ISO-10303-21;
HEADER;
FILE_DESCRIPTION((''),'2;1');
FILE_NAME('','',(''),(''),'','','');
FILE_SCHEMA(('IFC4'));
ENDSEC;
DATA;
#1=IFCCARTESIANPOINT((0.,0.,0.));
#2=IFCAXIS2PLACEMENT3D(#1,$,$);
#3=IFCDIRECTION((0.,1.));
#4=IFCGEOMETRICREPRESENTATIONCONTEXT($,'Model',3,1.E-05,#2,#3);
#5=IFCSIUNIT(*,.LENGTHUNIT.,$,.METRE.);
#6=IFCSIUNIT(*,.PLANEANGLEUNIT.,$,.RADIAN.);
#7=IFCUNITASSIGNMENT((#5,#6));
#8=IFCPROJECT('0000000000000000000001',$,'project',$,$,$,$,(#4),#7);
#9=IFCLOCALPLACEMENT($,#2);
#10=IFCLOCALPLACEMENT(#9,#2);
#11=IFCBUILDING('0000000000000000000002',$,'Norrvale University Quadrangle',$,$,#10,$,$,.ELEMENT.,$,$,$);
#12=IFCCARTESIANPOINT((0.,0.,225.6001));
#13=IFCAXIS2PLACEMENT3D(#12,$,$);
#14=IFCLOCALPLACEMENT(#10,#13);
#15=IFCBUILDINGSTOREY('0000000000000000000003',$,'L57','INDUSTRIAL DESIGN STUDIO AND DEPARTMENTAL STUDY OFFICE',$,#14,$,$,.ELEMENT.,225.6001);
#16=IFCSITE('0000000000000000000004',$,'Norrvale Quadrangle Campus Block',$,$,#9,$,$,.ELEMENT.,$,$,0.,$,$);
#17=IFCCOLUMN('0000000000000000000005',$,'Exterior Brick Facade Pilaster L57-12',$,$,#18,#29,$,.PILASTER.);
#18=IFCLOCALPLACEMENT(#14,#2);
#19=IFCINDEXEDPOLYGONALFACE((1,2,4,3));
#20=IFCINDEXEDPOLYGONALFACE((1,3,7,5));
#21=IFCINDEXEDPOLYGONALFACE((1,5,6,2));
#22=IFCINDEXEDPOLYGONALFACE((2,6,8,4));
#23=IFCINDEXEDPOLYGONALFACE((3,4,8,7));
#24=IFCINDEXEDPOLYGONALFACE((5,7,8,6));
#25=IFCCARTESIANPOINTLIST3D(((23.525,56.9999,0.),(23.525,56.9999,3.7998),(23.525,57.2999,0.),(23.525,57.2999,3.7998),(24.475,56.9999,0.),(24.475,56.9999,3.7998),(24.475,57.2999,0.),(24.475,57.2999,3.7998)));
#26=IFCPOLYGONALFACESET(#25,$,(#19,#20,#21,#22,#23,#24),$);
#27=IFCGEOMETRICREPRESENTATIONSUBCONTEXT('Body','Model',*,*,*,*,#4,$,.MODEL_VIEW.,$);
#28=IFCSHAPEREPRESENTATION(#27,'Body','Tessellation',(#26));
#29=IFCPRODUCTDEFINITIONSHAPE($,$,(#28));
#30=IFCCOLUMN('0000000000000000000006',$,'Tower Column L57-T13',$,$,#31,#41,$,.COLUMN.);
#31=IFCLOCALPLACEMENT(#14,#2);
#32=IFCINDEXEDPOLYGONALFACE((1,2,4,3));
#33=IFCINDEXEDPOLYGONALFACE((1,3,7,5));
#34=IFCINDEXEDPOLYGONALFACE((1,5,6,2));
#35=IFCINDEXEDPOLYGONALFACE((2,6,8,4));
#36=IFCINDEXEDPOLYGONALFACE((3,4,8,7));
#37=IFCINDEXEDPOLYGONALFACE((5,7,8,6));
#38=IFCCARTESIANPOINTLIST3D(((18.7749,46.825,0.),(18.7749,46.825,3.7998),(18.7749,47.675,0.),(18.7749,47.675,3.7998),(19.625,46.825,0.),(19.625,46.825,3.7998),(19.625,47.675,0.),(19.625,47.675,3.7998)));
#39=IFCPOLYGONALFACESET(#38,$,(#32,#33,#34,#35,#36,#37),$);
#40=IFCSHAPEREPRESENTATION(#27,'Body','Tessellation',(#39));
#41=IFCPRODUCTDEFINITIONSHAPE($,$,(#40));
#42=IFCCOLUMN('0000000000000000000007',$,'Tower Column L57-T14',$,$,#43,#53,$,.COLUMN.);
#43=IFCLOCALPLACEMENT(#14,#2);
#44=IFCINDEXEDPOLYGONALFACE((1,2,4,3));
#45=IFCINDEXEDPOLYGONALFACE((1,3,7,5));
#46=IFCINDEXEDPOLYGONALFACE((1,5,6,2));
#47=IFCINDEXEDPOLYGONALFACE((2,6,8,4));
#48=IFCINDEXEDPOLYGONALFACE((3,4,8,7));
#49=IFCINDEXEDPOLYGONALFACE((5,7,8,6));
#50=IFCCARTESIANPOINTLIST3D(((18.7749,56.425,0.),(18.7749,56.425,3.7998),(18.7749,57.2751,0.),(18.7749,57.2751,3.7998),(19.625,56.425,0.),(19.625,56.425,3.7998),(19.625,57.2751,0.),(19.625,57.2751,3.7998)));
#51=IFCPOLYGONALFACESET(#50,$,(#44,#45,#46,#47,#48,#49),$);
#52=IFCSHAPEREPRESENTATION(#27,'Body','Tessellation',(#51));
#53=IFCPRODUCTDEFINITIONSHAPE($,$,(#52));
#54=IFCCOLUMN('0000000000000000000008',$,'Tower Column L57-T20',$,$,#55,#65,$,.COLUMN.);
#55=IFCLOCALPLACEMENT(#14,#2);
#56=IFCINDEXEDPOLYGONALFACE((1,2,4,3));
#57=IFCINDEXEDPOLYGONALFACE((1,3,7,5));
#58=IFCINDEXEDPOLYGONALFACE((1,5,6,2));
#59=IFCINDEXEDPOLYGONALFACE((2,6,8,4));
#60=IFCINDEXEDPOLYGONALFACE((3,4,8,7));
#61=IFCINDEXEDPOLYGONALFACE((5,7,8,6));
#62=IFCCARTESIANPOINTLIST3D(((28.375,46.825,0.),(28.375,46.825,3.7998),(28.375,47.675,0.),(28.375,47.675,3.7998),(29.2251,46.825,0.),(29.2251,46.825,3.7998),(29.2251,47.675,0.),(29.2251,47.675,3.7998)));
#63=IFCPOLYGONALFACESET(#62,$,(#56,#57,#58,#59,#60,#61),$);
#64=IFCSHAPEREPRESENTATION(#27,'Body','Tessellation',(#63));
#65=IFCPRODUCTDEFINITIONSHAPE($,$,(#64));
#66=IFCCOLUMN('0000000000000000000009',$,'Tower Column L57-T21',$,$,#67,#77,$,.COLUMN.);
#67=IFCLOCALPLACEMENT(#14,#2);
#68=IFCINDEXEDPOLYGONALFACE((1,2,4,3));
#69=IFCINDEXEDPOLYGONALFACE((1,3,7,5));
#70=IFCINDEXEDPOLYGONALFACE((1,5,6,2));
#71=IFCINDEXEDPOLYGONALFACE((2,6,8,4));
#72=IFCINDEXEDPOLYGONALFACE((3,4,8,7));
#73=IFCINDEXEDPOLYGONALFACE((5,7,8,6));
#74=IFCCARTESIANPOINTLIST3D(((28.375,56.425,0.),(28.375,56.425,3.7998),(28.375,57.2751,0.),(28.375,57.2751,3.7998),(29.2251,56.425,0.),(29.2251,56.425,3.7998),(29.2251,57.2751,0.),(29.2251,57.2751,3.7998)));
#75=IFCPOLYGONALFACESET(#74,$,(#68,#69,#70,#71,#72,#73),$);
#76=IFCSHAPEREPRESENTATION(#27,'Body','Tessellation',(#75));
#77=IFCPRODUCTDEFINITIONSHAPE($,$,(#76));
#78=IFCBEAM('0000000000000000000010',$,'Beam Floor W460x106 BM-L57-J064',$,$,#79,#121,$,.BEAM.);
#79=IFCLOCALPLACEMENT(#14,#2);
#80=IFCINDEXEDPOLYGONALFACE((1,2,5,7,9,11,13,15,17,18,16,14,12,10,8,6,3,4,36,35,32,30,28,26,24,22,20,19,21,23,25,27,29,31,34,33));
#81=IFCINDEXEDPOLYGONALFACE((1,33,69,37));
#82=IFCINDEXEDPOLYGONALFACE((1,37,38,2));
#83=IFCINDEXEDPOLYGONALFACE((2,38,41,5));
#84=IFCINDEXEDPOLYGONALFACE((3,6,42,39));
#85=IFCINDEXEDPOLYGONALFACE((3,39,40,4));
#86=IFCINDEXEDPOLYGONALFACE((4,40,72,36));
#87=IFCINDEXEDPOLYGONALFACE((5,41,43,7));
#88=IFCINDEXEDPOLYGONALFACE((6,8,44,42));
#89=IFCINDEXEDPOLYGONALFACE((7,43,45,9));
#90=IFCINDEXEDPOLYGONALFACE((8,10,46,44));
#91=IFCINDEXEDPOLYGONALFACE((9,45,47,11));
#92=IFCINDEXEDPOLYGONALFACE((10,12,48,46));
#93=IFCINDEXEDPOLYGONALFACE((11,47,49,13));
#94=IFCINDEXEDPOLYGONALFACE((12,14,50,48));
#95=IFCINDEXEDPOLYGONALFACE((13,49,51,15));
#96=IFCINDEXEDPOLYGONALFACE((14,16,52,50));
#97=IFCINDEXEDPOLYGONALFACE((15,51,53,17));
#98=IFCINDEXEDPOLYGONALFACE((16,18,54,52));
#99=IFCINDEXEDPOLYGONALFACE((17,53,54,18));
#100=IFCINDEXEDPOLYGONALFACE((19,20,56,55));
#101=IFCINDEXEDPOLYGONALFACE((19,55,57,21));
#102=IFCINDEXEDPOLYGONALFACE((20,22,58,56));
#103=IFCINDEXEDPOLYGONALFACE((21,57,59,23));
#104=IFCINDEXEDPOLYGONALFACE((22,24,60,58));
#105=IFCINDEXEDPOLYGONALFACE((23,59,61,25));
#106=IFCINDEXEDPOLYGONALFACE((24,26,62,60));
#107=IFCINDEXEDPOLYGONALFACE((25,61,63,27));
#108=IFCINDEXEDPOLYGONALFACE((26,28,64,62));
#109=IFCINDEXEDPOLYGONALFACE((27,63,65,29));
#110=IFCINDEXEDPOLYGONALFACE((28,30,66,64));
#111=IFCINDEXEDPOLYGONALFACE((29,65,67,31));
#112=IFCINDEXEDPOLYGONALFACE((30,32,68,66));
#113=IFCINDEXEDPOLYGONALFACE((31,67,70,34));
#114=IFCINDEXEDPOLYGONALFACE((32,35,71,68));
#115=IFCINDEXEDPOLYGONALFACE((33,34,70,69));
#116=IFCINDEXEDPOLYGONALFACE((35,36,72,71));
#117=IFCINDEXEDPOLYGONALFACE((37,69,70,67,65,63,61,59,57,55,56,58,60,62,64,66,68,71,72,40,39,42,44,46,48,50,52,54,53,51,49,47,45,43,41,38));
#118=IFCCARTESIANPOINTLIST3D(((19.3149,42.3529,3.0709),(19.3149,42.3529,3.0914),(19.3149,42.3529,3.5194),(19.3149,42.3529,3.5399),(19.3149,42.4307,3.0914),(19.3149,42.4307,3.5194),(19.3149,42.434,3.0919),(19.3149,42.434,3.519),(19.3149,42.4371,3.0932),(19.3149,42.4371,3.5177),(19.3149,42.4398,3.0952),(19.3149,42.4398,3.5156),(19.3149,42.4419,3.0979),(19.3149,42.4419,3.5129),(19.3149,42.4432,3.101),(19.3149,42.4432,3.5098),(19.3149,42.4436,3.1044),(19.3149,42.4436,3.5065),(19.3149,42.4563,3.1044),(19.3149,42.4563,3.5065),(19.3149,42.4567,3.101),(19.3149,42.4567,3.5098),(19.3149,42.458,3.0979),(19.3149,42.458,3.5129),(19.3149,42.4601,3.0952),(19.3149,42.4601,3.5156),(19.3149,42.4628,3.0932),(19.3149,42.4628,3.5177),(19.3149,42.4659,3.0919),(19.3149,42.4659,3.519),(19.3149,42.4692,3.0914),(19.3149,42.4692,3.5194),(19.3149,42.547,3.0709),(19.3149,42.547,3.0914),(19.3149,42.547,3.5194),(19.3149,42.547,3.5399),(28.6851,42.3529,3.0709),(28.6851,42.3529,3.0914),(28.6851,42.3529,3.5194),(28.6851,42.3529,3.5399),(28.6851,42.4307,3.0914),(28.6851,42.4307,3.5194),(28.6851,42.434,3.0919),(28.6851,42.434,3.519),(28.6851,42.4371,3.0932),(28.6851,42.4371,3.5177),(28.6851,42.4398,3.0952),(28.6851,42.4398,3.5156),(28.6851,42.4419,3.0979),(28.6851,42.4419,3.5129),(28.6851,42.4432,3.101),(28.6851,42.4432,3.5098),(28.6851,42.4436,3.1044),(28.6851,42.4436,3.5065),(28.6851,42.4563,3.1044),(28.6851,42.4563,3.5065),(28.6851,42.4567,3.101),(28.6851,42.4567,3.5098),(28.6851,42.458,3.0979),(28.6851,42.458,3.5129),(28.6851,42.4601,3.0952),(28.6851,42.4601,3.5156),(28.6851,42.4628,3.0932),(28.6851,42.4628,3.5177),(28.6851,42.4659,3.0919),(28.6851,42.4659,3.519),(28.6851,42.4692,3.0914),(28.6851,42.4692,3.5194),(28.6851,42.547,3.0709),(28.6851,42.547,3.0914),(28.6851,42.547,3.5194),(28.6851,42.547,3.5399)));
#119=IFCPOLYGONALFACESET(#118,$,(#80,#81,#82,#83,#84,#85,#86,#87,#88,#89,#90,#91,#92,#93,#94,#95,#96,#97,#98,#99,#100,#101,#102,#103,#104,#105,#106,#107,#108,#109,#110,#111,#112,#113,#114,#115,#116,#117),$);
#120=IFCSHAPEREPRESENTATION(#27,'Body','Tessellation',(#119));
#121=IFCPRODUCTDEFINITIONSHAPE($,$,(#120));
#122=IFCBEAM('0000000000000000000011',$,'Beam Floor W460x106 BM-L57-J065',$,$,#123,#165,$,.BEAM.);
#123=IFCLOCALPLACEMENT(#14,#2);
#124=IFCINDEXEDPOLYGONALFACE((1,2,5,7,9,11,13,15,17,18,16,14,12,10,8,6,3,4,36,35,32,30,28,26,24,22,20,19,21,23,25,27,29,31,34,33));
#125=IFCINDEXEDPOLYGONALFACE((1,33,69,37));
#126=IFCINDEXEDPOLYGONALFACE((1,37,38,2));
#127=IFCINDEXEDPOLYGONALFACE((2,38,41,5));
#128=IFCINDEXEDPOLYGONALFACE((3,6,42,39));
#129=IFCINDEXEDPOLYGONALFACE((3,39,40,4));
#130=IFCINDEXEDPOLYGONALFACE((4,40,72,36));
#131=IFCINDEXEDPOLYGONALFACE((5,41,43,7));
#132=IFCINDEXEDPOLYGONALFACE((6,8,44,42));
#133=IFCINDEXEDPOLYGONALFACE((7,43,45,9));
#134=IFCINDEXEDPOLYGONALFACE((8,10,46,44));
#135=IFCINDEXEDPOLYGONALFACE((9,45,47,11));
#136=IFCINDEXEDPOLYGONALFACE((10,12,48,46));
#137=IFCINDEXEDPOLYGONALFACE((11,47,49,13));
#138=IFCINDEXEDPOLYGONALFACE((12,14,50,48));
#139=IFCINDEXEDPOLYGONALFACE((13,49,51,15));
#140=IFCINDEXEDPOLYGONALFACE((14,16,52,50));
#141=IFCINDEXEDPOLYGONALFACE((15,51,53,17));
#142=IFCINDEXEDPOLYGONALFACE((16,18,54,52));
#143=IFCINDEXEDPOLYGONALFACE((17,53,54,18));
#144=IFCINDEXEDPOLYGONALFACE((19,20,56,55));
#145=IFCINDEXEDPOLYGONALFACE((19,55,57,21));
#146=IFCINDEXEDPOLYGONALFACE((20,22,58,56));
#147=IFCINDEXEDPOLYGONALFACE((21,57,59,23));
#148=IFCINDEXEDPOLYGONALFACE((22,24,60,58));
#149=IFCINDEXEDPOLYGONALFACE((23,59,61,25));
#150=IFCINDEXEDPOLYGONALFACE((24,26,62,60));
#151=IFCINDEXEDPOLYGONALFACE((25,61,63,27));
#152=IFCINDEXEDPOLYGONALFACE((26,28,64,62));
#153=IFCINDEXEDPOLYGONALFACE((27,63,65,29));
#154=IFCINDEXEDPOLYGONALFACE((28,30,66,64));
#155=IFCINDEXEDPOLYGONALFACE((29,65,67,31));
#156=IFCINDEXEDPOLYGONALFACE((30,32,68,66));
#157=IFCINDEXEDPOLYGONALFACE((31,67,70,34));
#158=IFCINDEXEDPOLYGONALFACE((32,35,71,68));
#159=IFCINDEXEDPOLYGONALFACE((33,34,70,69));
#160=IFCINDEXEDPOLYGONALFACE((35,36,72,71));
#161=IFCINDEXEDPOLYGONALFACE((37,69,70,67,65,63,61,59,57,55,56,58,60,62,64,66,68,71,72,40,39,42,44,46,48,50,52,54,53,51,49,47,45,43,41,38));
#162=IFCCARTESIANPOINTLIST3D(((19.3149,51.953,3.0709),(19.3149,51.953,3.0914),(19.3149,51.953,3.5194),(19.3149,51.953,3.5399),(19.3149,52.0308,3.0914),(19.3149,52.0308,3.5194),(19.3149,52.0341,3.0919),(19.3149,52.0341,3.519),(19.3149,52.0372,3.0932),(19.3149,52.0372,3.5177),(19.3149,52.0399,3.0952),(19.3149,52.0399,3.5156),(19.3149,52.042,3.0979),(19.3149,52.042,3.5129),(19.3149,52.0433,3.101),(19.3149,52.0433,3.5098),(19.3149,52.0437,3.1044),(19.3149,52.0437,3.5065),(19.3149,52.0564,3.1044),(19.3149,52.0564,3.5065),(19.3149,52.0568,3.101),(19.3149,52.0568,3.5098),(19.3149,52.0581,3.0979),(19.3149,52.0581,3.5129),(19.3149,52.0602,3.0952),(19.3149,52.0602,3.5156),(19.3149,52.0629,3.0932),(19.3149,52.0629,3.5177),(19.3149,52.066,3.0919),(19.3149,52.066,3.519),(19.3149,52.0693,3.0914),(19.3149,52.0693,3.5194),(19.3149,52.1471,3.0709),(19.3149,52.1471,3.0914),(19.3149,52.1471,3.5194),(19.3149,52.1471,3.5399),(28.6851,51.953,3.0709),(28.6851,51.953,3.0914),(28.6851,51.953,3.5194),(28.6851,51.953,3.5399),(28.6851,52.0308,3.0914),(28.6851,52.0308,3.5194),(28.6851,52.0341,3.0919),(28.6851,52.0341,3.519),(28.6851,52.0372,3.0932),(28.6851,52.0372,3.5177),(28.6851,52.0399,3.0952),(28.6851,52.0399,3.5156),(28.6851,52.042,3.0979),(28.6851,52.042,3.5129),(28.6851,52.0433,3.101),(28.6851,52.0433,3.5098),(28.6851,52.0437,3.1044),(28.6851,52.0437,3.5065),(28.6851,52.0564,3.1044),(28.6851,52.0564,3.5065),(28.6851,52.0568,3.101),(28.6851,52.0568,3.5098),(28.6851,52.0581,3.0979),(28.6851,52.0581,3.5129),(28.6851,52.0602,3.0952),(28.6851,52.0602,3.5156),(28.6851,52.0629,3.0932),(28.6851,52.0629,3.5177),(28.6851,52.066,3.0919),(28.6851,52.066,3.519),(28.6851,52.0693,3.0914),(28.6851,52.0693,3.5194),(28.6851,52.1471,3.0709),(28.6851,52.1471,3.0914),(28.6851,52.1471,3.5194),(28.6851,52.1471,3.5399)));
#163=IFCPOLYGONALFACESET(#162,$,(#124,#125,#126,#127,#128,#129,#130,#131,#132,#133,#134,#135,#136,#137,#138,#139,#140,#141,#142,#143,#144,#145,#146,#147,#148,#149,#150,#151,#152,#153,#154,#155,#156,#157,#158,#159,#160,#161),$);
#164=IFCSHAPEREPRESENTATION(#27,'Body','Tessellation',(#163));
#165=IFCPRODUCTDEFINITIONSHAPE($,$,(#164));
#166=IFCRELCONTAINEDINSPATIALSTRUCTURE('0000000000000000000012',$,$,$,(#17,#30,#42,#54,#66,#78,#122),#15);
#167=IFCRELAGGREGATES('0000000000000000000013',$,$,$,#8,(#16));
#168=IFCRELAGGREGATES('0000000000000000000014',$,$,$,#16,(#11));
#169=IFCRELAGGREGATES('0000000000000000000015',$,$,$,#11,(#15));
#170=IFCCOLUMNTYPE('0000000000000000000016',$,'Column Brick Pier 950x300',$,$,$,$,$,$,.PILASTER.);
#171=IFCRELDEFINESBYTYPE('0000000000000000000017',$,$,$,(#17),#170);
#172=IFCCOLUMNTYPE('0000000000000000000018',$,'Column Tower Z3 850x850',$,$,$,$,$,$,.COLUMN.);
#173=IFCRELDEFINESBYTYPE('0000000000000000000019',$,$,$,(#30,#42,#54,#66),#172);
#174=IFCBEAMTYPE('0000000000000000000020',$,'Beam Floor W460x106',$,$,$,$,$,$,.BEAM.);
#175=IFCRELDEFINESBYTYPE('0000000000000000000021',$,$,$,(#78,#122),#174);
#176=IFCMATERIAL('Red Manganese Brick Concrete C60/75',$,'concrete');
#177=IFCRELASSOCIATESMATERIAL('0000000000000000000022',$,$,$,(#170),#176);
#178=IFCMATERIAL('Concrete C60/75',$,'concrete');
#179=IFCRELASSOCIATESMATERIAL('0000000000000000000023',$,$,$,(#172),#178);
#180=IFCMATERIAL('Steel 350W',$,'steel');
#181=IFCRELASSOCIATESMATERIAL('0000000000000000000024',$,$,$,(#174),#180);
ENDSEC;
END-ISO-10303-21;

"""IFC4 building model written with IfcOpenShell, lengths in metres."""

from ifc_helpers import new_model, si_unit, direction, frame, origin, origin_2d, place, context, subcontext, project, spatial, rectangle, i_section, extrude, material, material_profile, profile_set, type_object, element, save


model = new_model("IFC4")

# Units and contexts
model_context = context("Model", 3, precision=1e-05, world=origin(), true_north=direction((0.0, 1.0)))
body_context = subcontext(model_context, "Body", "Model", "MODEL_VIEW")
ifc_project = project(units=[si_unit("LENGTHUNIT", "METRE"), si_unit("PLANEANGLEUNIT", "RADIAN")], contexts=[model_context])

# Site, building, storey
site_placement = place(None, origin())
site = spatial("IfcSite", under=ifc_project, at=site_placement, Name="Norrvale Quadrangle Campus Block", CompositionType="ELEMENT", RefElevation=0.0)
building_placement = place(site_placement, origin())
building = spatial("IfcBuilding", under=site, at=building_placement, Name="Norrvale University Quadrangle", CompositionType="ELEMENT")
storey_placement = place(building_placement, frame((0.0, 0.0, 225.6001)))
storey = spatial("IfcBuildingStorey", under=building, at=storey_placement, Name="L57", Description="INDUSTRIAL DESIGN STUDIO AND DEPARTMENTAL STUDY OFFICE", CompositionType="ELEMENT", Elevation=225.6001)

# Columns
ifc_material_1 = material(Name="Red Manganese Brick Concrete C60/75", Category="concrete")
ifc_material_profile_1 = material_profile(ifc_material_1, rectangle(XDim=0.95, YDim=0.3, at=origin_2d()), Name="Red Manganese Brick Concrete C60/75")
ifc_profile_set_1 = profile_set([ifc_material_profile_1], Name="Red Manganese Brick Concrete C60/75")
column_type_1 = type_object("IfcColumnType", Name="Column Brick Pier 950x300", PredefinedType="PILASTER", material=ifc_profile_set_1)
column_placement = place(storey_placement, frame((24.0, 57.1499, 0.0), z_axis=(0.0, 0.0, 1.0), x_axis=(1.0, 0.0, 0.0)))
element("IfcColumn", 1, at=column_placement, inside=storey, type_object=column_type_1, Name="Exterior Brick Facade Pilaster L57-12", PredefinedType="PILASTER", context=body_context, shape_type="SweptSolid", body=[
    extrude(rectangle(XDim=0.95, YDim=0.3, at=origin_2d()), origin(), (0.0, 0.0, 1.0), 3.7998),
])
ifc_material_2 = material(Name="Concrete C60/75", Category="concrete")
ifc_material_profile_2 = material_profile(ifc_material_2, rectangle(XDim=0.8501, YDim=0.8501, at=origin_2d()), Name="Concrete C60/75")
ifc_profile_set_2 = profile_set([ifc_material_profile_2], Name="Concrete C60/75")
column_type_2 = type_object("IfcColumnType", Name="Column Tower Z3 850x850", PredefinedType="COLUMN", material=ifc_profile_set_2)
for number, where, z_axis, x_axis, name in (
    (2, (19.2, 47.25, 0.0), (0.0, 0.0, 1.0), (1.0, 0.0, 0.0), "Tower Column L57-T13"),
    (3, (19.2, 56.8501, 0.0), (0.0, 0.0, 1.0), (1.0, 0.0, 0.0), "Tower Column L57-T14"),
    (4, (28.8, 47.25, 0.0), (0.0, 0.0, 1.0), (1.0, 0.0, 0.0), "Tower Column L57-T20"),
    (5, (28.8, 56.8501, 0.0), (0.0, 0.0, 1.0), (1.0, 0.0, 0.0), "Tower Column L57-T21"),
):
    element("IfcColumn", number, at=place(storey_placement, frame(where, z_axis=z_axis, x_axis=x_axis)), inside=storey, type_object=column_type_2, Name=name, PredefinedType="COLUMN", context=body_context, shape_type="SweptSolid", body=[
        extrude(rectangle(XDim=0.8501, YDim=0.8501, at=origin_2d()), origin(), (0.0, 0.0, 1.0), 3.7998),
    ])

# Beams
ifc_material_3 = material(Name="Steel 350W", Category="steel")
ifc_material_profile_3 = material_profile(ifc_material_3, i_section(OverallWidth=0.1941, OverallDepth=0.469, WebThickness=0.0127, FlangeThickness=0.0205, FilletRadius=0.0129, at=origin_2d()), Name="Steel 350W")
ifc_profile_set_3 = profile_set([ifc_material_profile_3], Name="Steel 350W")
beam_type_1 = type_object("IfcBeamType", Name="Beam Floor W460x106", PredefinedType="BEAM", material=ifc_profile_set_3)
for number, where, z_axis, x_axis, name in (
    (6, (19.3149, 42.45, 3.3054), (1.0, 0.0, 0.0), (0.0, 1.0, 0.0), "Beam Floor W460x106 BM-L57-J064"),
    (7, (19.3149, 52.05, 3.3054), (1.0, 0.0, 0.0), (0.0, 1.0, 0.0), "Beam Floor W460x106 BM-L57-J065"),
):
    element("IfcBeam", number, at=place(storey_placement, frame(where, z_axis=z_axis, x_axis=x_axis)), inside=storey, type_object=beam_type_1, Name=name, PredefinedType="BEAM", context=body_context, shape_type="SweptSolid", body=[
        extrude(i_section(OverallWidth=0.1941, OverallDepth=0.469, WebThickness=0.0127, FlangeThickness=0.0205, FilletRadius=0.0129, at=origin_2d()), origin(), (0.0, 0.0, 1.0), 9.3701),
    ])

save(model, "model.ifc")
